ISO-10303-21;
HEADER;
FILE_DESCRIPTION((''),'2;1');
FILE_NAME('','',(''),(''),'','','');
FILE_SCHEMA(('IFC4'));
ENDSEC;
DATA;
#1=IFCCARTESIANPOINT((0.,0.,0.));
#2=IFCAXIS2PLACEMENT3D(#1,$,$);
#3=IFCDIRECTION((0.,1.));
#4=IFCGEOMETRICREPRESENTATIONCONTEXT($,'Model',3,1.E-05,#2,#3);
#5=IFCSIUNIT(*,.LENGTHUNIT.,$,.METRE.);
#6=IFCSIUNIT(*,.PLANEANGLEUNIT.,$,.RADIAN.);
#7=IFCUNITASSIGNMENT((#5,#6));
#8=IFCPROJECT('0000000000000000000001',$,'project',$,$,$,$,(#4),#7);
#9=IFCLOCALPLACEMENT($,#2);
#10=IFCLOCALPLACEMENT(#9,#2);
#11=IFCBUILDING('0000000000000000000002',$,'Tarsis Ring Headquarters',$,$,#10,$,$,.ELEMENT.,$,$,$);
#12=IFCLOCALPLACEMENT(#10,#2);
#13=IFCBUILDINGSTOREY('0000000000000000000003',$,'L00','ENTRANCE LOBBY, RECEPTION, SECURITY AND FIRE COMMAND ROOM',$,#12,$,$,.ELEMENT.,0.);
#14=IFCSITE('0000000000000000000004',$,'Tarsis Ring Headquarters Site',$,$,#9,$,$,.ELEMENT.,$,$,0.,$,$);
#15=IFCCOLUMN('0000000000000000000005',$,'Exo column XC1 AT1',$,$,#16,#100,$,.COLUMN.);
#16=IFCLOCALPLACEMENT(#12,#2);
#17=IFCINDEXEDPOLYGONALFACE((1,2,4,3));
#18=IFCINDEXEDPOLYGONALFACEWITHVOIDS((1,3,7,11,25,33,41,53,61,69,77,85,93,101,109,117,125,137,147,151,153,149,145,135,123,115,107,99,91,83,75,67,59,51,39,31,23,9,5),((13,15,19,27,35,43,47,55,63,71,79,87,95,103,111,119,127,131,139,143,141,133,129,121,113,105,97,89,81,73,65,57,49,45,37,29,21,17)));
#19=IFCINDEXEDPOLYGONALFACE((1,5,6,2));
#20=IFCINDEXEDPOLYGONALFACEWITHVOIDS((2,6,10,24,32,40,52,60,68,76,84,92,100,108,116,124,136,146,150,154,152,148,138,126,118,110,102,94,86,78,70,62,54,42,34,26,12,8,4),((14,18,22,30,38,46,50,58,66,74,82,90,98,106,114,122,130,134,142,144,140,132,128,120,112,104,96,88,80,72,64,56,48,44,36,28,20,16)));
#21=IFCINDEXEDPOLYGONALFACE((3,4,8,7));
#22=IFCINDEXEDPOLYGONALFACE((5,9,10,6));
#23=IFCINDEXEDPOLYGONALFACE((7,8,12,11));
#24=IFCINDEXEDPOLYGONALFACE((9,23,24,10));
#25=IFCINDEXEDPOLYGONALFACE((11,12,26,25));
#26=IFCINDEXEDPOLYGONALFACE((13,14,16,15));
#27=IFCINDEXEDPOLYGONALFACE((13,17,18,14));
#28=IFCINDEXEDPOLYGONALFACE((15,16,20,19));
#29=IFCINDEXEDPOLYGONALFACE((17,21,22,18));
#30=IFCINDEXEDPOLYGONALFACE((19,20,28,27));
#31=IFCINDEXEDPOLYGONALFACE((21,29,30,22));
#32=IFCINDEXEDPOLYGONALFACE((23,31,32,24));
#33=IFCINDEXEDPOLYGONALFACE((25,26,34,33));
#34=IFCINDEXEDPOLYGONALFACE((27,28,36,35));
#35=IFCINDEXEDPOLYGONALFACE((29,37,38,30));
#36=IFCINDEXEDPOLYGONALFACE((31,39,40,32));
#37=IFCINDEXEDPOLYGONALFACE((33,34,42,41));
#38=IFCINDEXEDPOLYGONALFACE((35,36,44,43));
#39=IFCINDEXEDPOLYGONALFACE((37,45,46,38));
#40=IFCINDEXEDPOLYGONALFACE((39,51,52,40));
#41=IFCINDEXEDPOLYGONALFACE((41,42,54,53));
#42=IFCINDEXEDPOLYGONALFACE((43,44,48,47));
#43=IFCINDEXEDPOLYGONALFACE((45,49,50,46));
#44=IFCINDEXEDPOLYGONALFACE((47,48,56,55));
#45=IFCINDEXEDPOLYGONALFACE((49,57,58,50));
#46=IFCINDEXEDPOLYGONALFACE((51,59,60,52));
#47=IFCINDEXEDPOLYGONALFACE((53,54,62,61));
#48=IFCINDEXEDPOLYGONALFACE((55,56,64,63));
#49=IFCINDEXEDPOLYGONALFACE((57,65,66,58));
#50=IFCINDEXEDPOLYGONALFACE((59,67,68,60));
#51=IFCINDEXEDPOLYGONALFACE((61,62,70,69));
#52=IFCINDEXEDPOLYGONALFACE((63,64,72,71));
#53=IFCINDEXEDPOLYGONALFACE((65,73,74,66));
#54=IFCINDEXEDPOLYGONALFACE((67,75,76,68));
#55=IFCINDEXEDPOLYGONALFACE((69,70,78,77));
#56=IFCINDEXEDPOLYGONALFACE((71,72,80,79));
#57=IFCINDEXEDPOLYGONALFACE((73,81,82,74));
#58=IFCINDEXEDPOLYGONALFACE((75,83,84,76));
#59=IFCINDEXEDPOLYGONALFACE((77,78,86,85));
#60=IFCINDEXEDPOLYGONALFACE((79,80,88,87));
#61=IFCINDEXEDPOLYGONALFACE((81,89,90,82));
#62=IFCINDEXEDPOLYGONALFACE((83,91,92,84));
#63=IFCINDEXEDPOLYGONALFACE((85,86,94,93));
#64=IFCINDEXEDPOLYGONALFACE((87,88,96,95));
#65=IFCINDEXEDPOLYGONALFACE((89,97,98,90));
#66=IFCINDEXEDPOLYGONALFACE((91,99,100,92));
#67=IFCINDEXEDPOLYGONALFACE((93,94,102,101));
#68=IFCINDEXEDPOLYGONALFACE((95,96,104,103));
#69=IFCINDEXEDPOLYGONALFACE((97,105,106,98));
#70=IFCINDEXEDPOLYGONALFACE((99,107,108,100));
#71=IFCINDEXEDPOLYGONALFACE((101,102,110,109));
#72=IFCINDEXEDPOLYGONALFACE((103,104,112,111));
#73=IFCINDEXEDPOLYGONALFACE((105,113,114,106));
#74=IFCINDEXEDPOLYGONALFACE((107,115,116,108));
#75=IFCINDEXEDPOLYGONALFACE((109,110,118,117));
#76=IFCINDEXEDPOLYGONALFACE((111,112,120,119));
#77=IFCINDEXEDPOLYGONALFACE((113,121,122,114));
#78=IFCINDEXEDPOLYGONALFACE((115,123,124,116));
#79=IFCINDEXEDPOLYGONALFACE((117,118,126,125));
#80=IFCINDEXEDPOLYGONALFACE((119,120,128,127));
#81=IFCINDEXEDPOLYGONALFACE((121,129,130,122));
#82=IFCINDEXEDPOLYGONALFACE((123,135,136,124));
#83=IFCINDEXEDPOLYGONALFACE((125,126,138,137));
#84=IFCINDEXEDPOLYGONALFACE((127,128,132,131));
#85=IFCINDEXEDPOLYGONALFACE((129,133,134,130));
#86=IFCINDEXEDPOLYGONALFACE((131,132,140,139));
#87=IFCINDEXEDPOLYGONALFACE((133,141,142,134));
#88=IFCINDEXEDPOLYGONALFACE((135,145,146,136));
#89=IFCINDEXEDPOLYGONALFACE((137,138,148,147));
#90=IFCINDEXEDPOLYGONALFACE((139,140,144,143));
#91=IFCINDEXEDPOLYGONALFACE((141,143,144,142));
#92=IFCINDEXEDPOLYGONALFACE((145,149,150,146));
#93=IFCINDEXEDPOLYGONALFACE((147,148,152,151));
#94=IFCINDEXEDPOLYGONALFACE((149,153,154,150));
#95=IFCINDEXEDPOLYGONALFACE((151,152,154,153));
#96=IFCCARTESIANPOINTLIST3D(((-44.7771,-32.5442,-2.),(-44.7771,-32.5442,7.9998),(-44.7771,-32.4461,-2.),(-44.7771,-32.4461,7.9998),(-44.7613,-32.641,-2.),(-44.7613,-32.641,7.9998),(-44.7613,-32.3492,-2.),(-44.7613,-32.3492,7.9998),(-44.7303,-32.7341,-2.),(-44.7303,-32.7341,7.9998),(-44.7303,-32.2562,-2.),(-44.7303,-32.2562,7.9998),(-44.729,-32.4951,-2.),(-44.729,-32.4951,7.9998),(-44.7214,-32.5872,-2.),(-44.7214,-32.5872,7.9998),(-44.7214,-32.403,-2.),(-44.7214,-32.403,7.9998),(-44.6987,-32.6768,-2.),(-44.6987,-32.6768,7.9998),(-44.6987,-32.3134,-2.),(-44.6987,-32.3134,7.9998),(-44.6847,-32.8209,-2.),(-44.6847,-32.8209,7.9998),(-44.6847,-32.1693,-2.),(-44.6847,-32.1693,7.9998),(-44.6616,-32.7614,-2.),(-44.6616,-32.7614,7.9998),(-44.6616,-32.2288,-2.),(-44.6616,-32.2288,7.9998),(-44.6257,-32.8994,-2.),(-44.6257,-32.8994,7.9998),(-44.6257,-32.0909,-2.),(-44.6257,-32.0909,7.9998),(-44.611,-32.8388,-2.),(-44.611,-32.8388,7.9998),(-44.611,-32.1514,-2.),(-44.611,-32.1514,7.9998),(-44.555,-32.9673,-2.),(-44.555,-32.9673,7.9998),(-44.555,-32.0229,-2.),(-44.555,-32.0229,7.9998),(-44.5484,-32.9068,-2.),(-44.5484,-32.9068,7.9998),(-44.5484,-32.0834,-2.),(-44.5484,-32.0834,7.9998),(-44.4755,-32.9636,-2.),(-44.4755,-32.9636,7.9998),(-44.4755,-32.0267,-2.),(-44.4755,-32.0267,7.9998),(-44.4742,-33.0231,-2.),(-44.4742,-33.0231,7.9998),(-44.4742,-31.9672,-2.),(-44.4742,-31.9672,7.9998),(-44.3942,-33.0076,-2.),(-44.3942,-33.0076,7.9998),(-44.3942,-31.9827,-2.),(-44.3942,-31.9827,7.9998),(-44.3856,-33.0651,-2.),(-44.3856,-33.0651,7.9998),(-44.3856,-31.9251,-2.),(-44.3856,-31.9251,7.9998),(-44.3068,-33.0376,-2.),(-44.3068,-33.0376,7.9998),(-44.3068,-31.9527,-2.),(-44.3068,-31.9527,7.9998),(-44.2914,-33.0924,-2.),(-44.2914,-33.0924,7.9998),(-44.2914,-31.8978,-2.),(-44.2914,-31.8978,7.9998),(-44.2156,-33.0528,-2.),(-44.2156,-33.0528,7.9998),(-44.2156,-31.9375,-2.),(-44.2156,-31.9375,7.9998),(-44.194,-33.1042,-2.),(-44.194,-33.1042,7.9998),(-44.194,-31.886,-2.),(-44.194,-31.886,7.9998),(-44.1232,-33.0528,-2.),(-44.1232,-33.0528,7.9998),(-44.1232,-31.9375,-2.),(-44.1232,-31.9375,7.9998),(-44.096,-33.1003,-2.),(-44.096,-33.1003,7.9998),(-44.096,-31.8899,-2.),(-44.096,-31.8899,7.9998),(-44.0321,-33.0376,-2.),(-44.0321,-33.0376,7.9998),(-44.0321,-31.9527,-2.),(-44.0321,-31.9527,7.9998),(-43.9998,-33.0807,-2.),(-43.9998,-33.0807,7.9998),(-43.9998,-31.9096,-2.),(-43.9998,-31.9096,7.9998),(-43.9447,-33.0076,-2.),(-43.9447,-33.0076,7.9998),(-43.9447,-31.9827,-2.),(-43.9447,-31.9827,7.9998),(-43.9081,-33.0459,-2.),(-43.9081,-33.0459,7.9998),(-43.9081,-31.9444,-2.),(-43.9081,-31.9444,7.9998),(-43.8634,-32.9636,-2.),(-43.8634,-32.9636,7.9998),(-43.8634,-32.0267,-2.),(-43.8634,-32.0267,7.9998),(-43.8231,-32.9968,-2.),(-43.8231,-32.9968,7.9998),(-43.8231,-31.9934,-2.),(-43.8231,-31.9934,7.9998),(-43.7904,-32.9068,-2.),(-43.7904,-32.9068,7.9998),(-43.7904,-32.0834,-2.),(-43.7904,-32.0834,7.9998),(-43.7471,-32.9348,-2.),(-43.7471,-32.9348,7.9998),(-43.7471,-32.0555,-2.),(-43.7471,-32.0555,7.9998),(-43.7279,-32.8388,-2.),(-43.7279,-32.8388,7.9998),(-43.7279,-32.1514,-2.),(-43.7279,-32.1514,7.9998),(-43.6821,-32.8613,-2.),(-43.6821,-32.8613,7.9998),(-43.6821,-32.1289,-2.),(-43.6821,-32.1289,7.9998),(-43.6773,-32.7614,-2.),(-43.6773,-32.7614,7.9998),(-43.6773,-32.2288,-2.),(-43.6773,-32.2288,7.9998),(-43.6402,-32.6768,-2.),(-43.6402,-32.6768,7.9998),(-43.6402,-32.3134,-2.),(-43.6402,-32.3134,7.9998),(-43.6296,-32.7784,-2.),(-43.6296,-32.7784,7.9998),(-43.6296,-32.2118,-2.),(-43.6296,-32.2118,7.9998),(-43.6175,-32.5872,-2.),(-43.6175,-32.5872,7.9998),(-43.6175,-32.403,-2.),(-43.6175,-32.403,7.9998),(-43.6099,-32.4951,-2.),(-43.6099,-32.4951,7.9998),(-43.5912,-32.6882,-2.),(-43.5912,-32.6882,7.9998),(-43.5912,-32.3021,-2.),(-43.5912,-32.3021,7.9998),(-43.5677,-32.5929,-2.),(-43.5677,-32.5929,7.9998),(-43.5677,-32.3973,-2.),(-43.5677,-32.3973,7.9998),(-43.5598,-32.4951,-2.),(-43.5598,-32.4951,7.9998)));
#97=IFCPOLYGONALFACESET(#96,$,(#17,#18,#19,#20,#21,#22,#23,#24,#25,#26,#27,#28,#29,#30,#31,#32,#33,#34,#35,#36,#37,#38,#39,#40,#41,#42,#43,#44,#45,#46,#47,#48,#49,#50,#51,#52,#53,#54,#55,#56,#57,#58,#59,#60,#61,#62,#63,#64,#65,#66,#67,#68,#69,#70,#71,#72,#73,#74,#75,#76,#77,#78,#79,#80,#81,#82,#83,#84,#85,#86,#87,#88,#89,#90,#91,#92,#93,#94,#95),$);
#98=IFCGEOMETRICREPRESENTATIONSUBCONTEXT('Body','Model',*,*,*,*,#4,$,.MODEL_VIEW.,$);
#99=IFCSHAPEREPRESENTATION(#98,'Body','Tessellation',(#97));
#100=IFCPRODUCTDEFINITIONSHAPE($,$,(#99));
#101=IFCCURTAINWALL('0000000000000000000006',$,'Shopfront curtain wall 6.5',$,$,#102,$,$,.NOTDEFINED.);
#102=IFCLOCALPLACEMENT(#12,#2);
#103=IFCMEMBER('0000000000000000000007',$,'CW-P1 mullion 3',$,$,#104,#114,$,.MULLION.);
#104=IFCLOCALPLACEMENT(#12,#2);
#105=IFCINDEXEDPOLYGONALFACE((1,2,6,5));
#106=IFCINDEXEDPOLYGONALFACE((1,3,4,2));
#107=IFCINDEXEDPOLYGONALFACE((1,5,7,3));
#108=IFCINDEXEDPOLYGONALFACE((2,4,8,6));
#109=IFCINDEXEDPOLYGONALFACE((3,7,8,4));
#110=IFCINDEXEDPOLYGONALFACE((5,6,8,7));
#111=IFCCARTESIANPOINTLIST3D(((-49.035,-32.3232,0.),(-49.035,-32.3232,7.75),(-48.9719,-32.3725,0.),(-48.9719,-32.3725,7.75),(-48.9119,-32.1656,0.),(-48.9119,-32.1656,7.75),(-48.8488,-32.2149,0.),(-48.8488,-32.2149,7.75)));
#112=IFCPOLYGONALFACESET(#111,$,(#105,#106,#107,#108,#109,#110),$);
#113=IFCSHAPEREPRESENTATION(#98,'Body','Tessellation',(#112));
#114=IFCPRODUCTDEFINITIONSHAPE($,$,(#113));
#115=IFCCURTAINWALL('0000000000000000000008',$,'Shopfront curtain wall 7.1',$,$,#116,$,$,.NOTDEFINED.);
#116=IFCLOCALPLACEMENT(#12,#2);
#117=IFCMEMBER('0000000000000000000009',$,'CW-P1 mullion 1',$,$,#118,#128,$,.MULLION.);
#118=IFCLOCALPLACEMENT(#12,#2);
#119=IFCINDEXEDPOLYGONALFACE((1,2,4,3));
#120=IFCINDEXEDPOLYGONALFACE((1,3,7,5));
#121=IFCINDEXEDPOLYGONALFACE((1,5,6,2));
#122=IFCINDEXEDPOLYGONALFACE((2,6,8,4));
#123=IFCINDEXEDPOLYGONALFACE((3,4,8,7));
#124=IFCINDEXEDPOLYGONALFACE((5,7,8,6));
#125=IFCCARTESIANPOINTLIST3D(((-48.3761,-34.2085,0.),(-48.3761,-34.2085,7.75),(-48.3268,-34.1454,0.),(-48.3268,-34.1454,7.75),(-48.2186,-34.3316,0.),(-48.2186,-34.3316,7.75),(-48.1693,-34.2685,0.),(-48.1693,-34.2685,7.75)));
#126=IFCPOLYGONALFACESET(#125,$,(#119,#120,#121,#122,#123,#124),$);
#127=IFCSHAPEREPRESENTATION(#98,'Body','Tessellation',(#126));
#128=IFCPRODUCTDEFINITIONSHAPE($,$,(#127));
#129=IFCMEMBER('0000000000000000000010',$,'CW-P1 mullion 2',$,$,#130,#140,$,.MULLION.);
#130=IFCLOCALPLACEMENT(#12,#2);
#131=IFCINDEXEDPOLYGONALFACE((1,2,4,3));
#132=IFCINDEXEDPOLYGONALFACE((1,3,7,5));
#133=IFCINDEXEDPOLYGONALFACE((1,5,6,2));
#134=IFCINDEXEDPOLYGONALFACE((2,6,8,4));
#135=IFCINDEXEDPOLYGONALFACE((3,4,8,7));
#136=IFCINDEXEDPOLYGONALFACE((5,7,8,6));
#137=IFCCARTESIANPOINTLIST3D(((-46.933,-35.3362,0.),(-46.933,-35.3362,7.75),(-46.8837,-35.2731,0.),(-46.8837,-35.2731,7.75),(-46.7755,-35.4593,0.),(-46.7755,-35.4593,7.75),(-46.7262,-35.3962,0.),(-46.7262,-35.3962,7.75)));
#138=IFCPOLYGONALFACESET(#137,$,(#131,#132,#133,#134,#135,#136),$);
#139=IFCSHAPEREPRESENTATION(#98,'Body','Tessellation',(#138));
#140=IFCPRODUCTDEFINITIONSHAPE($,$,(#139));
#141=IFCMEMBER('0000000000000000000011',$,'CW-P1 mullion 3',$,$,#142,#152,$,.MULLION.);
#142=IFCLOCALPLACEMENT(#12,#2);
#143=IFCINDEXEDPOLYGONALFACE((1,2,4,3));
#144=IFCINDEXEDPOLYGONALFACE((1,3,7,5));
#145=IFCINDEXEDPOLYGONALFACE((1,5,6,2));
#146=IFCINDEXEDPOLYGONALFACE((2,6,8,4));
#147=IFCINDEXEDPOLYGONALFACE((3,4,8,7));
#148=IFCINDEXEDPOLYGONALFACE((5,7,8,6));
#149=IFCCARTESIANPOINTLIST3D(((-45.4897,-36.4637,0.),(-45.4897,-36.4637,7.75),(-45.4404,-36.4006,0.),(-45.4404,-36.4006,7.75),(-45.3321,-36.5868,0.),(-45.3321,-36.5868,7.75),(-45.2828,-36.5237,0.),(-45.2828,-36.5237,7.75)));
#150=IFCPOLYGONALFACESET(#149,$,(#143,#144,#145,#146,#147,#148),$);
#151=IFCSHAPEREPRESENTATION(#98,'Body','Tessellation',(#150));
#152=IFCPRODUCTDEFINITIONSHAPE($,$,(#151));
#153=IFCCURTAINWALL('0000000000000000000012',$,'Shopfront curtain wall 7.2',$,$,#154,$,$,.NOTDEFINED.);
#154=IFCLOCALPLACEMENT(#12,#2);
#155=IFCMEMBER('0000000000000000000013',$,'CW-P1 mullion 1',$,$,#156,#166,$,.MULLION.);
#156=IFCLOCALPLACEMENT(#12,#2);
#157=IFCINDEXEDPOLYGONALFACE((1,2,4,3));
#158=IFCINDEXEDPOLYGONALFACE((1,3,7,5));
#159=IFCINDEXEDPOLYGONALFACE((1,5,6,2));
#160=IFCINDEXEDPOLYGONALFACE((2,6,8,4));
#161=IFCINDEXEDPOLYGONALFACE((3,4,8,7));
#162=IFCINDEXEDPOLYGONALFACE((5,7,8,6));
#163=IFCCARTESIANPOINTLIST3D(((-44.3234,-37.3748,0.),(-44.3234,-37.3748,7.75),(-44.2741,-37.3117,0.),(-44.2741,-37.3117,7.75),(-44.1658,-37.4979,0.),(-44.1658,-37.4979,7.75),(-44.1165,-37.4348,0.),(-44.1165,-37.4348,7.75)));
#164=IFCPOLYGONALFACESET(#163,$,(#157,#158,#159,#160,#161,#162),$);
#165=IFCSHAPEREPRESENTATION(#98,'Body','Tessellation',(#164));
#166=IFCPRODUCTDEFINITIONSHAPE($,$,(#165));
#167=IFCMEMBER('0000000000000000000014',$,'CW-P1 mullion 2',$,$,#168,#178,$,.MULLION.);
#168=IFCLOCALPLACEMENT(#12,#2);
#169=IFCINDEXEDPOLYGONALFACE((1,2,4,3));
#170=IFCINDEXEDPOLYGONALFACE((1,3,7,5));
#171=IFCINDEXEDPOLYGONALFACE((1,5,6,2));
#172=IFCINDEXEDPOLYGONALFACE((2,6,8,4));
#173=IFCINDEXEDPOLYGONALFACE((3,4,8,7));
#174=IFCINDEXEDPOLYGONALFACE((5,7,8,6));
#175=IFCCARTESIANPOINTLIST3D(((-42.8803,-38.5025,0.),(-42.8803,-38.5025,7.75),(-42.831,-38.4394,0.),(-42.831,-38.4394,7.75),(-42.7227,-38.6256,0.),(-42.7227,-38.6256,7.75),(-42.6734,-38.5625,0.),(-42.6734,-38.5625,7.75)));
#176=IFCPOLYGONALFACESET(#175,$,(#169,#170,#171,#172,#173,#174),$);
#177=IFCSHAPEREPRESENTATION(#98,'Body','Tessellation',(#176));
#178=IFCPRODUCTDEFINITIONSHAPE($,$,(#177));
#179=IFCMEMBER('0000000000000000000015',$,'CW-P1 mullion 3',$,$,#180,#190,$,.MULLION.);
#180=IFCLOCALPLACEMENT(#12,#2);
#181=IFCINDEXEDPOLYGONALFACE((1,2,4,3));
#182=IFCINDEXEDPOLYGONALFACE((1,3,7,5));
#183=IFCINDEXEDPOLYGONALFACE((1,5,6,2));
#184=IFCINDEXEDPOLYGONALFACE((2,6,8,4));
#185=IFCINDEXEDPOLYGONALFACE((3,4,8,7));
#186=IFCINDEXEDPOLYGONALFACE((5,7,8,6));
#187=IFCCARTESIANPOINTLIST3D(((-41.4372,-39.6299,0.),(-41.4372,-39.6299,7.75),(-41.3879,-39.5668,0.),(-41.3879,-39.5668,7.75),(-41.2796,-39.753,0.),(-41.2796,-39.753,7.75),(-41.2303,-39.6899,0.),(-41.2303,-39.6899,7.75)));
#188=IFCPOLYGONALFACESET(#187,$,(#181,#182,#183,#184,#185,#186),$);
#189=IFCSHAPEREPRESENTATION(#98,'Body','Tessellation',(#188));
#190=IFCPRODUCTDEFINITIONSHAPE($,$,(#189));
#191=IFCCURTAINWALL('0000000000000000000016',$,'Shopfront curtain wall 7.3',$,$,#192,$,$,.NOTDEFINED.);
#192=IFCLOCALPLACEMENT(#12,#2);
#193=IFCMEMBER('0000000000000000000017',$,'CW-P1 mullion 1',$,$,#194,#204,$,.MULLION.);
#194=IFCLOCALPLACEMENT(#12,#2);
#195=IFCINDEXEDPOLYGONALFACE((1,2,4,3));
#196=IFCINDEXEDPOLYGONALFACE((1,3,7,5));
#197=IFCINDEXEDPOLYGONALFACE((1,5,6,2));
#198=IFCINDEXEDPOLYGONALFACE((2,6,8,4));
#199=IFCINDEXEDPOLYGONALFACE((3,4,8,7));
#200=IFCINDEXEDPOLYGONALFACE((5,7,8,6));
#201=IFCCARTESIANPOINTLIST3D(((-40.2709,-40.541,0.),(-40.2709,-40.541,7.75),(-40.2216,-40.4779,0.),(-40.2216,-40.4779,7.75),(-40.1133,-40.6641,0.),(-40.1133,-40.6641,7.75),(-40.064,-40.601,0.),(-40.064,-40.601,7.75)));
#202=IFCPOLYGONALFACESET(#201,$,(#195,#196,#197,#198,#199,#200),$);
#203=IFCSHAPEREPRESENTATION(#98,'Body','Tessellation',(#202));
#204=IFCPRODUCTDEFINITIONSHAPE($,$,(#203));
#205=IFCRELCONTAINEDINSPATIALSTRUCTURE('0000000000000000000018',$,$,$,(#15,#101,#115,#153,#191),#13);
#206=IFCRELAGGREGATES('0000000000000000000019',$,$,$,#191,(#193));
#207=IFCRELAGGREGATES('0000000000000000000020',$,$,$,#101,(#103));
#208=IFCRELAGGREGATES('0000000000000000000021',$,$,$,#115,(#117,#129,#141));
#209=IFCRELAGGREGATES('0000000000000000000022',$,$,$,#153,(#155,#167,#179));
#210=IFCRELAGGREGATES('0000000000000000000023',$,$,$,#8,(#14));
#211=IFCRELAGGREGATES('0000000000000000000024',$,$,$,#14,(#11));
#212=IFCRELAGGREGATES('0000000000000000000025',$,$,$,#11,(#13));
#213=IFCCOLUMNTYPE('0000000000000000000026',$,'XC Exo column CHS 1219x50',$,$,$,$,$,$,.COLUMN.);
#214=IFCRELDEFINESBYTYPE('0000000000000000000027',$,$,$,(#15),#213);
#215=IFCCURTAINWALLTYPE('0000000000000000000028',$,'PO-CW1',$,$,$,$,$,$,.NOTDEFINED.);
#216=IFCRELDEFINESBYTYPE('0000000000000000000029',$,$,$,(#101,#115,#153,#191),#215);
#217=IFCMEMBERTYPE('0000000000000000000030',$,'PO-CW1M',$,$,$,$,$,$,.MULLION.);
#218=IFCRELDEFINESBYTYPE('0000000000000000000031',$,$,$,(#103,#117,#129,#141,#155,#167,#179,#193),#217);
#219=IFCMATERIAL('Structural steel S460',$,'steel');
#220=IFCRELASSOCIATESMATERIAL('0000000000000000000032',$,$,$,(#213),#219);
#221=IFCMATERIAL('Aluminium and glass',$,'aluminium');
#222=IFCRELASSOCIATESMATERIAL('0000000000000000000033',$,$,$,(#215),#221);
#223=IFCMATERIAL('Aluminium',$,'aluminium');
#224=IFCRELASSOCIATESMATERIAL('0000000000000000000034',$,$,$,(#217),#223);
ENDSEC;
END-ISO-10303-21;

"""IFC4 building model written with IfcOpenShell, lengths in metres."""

from ifc_helpers import new_model, si_unit, direction, frame, origin, origin_2d, place, context, subcontext, project, spatial, rectangle, hollow_circle, extrude, material, material_profile, profile_set, type_object, element, aggregate, save


model = new_model("IFC4")

# Units and contexts
model_context = context("Model", 3, precision=1e-05, world=origin(), true_north=direction((0.0, 1.0)))
body_context = subcontext(model_context, "Body", "Model", "MODEL_VIEW")
ifc_project = project(units=[si_unit("LENGTHUNIT", "METRE"), si_unit("PLANEANGLEUNIT", "RADIAN")], contexts=[model_context])

# Site, building, storey
site_placement = place(None, origin())
site = spatial("IfcSite", under=ifc_project, at=site_placement, Name="Tarsis Ring Headquarters Site", CompositionType="ELEMENT", RefElevation=0.0)
building_placement = place(site_placement, origin())
building = spatial("IfcBuilding", under=site, at=building_placement, Name="Tarsis Ring Headquarters", CompositionType="ELEMENT")
storey_placement = place(building_placement, origin())
storey = spatial("IfcBuildingStorey", under=building, at=storey_placement, Name="L00", Description="ENTRANCE LOBBY, RECEPTION, SECURITY AND FIRE COMMAND ROOM", CompositionType="ELEMENT", Elevation=0.0)

# Column
ifc_material_1 = material(Name="Structural steel S460", Category="steel")
ifc_material_profile_1 = material_profile(ifc_material_1, hollow_circle(Radius=0.6096, WallThickness=0.05, at=origin_2d()), Name="CHS 1219x50")
ifc_profile_set_1 = profile_set([ifc_material_profile_1], Name="Structural steel S460")
column_type = type_object("IfcColumnType", Name="XC Exo column CHS 1219x50", PredefinedType="COLUMN", material=ifc_profile_set_1)
column_placement = place(storey_placement, frame((-44.1694, -32.4951, -2.0), z_axis=(0.0, 0.0, 1.0), x_axis=(1.0, 0.0, 0.0)))
element("IfcColumn", 1, at=column_placement, inside=storey, type_object=column_type, Name="Exo column XC1 AT1", PredefinedType="COLUMN", context=body_context, shape_type="SweptSolid", body=[
    extrude(hollow_circle(Radius=0.6096, WallThickness=0.05, at=origin_2d()), origin(), (0.0, 0.0, 1.0), 9.9998),
])

# Curtain wall, member
ifc_material_2 = material(Name="Aluminium and glass", Category="aluminium")
curtain_wall_type = type_object("IfcCurtainWallType", Name="PO-CW1", PredefinedType="NOTDEFINED", material=ifc_material_2)
curtain_wall_1_placement = place(storey_placement, origin())
curtain_wall_1 = element("IfcCurtainWall", 2, at=curtain_wall_1_placement, inside=storey, type_object=curtain_wall_type, Name="Shopfront curtain wall 6.5", PredefinedType="NOTDEFINED")
ifc_material_3 = material(Name="Aluminium", Category="aluminium")
ifc_material_profile_2 = material_profile(ifc_material_3, rectangle(XDim=0.0801, YDim=0.2, at=origin_2d()), Name="PO-CW1M")
ifc_profile_set_2 = profile_set([ifc_material_profile_2], Name="Aluminium")
member_type_1 = type_object("IfcMemberType", Name="PO-CW1M", PredefinedType="MULLION", material=ifc_profile_set_2)
member_1_placement = place(storey_placement, frame((-48.9419, -32.269, 0.0), z_axis=(0.0, 0.0, 1.0), x_axis=(0.788011, -0.615662, 0.0)))
member_1 = element("IfcMember", 3, at=member_1_placement, type_object=member_type_1, Name="CW-P1 mullion 3", PredefinedType="MULLION", context=body_context, shape_type="SweptSolid", body=[
    extrude(rectangle(XDim=0.0801, YDim=0.2, at=origin_2d()), origin(), (0.0, 0.0, 1.0), 7.75),
])

# Curtain walls, members
curtain_wall_2_placement = place(storey_placement, origin())
curtain_wall_2 = element("IfcCurtainWall", 4, at=curtain_wall_2_placement, inside=storey, type_object=curtain_wall_type, Name="Shopfront curtain wall 7.1", PredefinedType="NOTDEFINED")
member_2_placement = place(storey_placement, frame((-48.2727, -34.2385, 0.0), z_axis=(0.0, 0.0, 1.0), x_axis=(0.615662, 0.788011, 0.0)))
member_2 = element("IfcMember", 5, at=member_2_placement, type_object=member_type_1, Name="CW-P1 mullion 1", PredefinedType="MULLION", context=body_context, shape_type="SweptSolid", body=[
    extrude(rectangle(XDim=0.0801, YDim=0.2, at=origin_2d()), origin(), (0.0, 0.0, 1.0), 7.75),
])
member_3_placement = place(storey_placement, frame((-46.8296, -35.3662, 0.0), z_axis=(0.0, 0.0, 1.0), x_axis=(0.615662, 0.788011, 0.0)))
member_3 = element("IfcMember", 6, at=member_3_placement, type_object=member_type_1, Name="CW-P1 mullion 2", PredefinedType="MULLION", context=body_context, shape_type="SweptSolid", body=[
    extrude(rectangle(XDim=0.0801, YDim=0.2, at=origin_2d()), origin(), (0.0, 0.0, 1.0), 7.75),
])
member_4_placement = place(storey_placement, frame((-45.3862, -36.4937, 0.0), z_axis=(0.0, 0.0, 1.0), x_axis=(0.615662, 0.788011, 0.0)))
member_4 = element("IfcMember", 7, at=member_4_placement, type_object=member_type_1, Name="CW-P1 mullion 3", PredefinedType="MULLION", context=body_context, shape_type="SweptSolid", body=[
    extrude(rectangle(XDim=0.0801, YDim=0.2, at=origin_2d()), origin(), (0.0, 0.0, 1.0), 7.75),
])
curtain_wall_3_placement = place(storey_placement, origin())
curtain_wall_3 = element("IfcCurtainWall", 8, at=curtain_wall_3_placement, inside=storey, type_object=curtain_wall_type, Name="Shopfront curtain wall 7.2", PredefinedType="NOTDEFINED")
member_5_placement = place(storey_placement, frame((-44.22, -37.4048, 0.0), z_axis=(0.0, 0.0, 1.0), x_axis=(0.615661, 0.788011, 0.0)))
member_5 = element("IfcMember", 9, at=member_5_placement, type_object=member_type_1, Name="CW-P1 mullion 1", PredefinedType="MULLION", context=body_context, shape_type="SweptSolid", body=[
    extrude(rectangle(XDim=0.0801, YDim=0.2, at=origin_2d()), origin(), (0.0, 0.0, 1.0), 7.75),
])
member_6_placement = place(storey_placement, frame((-42.7769, -38.5325, 0.0), z_axis=(0.0, 0.0, 1.0), x_axis=(0.615661, 0.788011, 0.0)))
member_6 = element("IfcMember", 10, at=member_6_placement, type_object=member_type_1, Name="CW-P1 mullion 2", PredefinedType="MULLION", context=body_context, shape_type="SweptSolid", body=[
    extrude(rectangle(XDim=0.0801, YDim=0.2, at=origin_2d()), origin(), (0.0, 0.0, 1.0), 7.75),
])
member_7_placement = place(storey_placement, frame((-41.3337, -39.6599, 0.0), z_axis=(0.0, 0.0, 1.0), x_axis=(0.615661, 0.788011, 0.0)))
member_7 = element("IfcMember", 11, at=member_7_placement, type_object=member_type_1, Name="CW-P1 mullion 3", PredefinedType="MULLION", context=body_context, shape_type="SweptSolid", body=[
    extrude(rectangle(XDim=0.0801, YDim=0.2, at=origin_2d()), origin(), (0.0, 0.0, 1.0), 7.75),
])

# Curtain wall, member
curtain_wall_4_placement = place(storey_placement, origin())
curtain_wall_4 = element("IfcCurtainWall", 12, at=curtain_wall_4_placement, inside=storey, type_object=curtain_wall_type, Name="Shopfront curtain wall 7.3", PredefinedType="NOTDEFINED")
member_8_placement = place(storey_placement, frame((-40.1675, -40.571, 0.0), z_axis=(0.0, 0.0, 1.0), x_axis=(0.615661, 0.788011, 0.0)))
member_8 = element("IfcMember", 13, at=member_8_placement, type_object=member_type_1, Name="CW-P1 mullion 1", PredefinedType="MULLION", context=body_context, shape_type="SweptSolid", body=[
    extrude(rectangle(XDim=0.0801, YDim=0.2, at=origin_2d()), origin(), (0.0, 0.0, 1.0), 7.75),
])

aggregate(curtain_wall_4, [member_8])

aggregate(curtain_wall_1, [member_1])
aggregate(curtain_wall_2, [member_2, member_3, member_4])
aggregate(curtain_wall_3, [member_5, member_6, member_7])

save(model, "model.ifc")
